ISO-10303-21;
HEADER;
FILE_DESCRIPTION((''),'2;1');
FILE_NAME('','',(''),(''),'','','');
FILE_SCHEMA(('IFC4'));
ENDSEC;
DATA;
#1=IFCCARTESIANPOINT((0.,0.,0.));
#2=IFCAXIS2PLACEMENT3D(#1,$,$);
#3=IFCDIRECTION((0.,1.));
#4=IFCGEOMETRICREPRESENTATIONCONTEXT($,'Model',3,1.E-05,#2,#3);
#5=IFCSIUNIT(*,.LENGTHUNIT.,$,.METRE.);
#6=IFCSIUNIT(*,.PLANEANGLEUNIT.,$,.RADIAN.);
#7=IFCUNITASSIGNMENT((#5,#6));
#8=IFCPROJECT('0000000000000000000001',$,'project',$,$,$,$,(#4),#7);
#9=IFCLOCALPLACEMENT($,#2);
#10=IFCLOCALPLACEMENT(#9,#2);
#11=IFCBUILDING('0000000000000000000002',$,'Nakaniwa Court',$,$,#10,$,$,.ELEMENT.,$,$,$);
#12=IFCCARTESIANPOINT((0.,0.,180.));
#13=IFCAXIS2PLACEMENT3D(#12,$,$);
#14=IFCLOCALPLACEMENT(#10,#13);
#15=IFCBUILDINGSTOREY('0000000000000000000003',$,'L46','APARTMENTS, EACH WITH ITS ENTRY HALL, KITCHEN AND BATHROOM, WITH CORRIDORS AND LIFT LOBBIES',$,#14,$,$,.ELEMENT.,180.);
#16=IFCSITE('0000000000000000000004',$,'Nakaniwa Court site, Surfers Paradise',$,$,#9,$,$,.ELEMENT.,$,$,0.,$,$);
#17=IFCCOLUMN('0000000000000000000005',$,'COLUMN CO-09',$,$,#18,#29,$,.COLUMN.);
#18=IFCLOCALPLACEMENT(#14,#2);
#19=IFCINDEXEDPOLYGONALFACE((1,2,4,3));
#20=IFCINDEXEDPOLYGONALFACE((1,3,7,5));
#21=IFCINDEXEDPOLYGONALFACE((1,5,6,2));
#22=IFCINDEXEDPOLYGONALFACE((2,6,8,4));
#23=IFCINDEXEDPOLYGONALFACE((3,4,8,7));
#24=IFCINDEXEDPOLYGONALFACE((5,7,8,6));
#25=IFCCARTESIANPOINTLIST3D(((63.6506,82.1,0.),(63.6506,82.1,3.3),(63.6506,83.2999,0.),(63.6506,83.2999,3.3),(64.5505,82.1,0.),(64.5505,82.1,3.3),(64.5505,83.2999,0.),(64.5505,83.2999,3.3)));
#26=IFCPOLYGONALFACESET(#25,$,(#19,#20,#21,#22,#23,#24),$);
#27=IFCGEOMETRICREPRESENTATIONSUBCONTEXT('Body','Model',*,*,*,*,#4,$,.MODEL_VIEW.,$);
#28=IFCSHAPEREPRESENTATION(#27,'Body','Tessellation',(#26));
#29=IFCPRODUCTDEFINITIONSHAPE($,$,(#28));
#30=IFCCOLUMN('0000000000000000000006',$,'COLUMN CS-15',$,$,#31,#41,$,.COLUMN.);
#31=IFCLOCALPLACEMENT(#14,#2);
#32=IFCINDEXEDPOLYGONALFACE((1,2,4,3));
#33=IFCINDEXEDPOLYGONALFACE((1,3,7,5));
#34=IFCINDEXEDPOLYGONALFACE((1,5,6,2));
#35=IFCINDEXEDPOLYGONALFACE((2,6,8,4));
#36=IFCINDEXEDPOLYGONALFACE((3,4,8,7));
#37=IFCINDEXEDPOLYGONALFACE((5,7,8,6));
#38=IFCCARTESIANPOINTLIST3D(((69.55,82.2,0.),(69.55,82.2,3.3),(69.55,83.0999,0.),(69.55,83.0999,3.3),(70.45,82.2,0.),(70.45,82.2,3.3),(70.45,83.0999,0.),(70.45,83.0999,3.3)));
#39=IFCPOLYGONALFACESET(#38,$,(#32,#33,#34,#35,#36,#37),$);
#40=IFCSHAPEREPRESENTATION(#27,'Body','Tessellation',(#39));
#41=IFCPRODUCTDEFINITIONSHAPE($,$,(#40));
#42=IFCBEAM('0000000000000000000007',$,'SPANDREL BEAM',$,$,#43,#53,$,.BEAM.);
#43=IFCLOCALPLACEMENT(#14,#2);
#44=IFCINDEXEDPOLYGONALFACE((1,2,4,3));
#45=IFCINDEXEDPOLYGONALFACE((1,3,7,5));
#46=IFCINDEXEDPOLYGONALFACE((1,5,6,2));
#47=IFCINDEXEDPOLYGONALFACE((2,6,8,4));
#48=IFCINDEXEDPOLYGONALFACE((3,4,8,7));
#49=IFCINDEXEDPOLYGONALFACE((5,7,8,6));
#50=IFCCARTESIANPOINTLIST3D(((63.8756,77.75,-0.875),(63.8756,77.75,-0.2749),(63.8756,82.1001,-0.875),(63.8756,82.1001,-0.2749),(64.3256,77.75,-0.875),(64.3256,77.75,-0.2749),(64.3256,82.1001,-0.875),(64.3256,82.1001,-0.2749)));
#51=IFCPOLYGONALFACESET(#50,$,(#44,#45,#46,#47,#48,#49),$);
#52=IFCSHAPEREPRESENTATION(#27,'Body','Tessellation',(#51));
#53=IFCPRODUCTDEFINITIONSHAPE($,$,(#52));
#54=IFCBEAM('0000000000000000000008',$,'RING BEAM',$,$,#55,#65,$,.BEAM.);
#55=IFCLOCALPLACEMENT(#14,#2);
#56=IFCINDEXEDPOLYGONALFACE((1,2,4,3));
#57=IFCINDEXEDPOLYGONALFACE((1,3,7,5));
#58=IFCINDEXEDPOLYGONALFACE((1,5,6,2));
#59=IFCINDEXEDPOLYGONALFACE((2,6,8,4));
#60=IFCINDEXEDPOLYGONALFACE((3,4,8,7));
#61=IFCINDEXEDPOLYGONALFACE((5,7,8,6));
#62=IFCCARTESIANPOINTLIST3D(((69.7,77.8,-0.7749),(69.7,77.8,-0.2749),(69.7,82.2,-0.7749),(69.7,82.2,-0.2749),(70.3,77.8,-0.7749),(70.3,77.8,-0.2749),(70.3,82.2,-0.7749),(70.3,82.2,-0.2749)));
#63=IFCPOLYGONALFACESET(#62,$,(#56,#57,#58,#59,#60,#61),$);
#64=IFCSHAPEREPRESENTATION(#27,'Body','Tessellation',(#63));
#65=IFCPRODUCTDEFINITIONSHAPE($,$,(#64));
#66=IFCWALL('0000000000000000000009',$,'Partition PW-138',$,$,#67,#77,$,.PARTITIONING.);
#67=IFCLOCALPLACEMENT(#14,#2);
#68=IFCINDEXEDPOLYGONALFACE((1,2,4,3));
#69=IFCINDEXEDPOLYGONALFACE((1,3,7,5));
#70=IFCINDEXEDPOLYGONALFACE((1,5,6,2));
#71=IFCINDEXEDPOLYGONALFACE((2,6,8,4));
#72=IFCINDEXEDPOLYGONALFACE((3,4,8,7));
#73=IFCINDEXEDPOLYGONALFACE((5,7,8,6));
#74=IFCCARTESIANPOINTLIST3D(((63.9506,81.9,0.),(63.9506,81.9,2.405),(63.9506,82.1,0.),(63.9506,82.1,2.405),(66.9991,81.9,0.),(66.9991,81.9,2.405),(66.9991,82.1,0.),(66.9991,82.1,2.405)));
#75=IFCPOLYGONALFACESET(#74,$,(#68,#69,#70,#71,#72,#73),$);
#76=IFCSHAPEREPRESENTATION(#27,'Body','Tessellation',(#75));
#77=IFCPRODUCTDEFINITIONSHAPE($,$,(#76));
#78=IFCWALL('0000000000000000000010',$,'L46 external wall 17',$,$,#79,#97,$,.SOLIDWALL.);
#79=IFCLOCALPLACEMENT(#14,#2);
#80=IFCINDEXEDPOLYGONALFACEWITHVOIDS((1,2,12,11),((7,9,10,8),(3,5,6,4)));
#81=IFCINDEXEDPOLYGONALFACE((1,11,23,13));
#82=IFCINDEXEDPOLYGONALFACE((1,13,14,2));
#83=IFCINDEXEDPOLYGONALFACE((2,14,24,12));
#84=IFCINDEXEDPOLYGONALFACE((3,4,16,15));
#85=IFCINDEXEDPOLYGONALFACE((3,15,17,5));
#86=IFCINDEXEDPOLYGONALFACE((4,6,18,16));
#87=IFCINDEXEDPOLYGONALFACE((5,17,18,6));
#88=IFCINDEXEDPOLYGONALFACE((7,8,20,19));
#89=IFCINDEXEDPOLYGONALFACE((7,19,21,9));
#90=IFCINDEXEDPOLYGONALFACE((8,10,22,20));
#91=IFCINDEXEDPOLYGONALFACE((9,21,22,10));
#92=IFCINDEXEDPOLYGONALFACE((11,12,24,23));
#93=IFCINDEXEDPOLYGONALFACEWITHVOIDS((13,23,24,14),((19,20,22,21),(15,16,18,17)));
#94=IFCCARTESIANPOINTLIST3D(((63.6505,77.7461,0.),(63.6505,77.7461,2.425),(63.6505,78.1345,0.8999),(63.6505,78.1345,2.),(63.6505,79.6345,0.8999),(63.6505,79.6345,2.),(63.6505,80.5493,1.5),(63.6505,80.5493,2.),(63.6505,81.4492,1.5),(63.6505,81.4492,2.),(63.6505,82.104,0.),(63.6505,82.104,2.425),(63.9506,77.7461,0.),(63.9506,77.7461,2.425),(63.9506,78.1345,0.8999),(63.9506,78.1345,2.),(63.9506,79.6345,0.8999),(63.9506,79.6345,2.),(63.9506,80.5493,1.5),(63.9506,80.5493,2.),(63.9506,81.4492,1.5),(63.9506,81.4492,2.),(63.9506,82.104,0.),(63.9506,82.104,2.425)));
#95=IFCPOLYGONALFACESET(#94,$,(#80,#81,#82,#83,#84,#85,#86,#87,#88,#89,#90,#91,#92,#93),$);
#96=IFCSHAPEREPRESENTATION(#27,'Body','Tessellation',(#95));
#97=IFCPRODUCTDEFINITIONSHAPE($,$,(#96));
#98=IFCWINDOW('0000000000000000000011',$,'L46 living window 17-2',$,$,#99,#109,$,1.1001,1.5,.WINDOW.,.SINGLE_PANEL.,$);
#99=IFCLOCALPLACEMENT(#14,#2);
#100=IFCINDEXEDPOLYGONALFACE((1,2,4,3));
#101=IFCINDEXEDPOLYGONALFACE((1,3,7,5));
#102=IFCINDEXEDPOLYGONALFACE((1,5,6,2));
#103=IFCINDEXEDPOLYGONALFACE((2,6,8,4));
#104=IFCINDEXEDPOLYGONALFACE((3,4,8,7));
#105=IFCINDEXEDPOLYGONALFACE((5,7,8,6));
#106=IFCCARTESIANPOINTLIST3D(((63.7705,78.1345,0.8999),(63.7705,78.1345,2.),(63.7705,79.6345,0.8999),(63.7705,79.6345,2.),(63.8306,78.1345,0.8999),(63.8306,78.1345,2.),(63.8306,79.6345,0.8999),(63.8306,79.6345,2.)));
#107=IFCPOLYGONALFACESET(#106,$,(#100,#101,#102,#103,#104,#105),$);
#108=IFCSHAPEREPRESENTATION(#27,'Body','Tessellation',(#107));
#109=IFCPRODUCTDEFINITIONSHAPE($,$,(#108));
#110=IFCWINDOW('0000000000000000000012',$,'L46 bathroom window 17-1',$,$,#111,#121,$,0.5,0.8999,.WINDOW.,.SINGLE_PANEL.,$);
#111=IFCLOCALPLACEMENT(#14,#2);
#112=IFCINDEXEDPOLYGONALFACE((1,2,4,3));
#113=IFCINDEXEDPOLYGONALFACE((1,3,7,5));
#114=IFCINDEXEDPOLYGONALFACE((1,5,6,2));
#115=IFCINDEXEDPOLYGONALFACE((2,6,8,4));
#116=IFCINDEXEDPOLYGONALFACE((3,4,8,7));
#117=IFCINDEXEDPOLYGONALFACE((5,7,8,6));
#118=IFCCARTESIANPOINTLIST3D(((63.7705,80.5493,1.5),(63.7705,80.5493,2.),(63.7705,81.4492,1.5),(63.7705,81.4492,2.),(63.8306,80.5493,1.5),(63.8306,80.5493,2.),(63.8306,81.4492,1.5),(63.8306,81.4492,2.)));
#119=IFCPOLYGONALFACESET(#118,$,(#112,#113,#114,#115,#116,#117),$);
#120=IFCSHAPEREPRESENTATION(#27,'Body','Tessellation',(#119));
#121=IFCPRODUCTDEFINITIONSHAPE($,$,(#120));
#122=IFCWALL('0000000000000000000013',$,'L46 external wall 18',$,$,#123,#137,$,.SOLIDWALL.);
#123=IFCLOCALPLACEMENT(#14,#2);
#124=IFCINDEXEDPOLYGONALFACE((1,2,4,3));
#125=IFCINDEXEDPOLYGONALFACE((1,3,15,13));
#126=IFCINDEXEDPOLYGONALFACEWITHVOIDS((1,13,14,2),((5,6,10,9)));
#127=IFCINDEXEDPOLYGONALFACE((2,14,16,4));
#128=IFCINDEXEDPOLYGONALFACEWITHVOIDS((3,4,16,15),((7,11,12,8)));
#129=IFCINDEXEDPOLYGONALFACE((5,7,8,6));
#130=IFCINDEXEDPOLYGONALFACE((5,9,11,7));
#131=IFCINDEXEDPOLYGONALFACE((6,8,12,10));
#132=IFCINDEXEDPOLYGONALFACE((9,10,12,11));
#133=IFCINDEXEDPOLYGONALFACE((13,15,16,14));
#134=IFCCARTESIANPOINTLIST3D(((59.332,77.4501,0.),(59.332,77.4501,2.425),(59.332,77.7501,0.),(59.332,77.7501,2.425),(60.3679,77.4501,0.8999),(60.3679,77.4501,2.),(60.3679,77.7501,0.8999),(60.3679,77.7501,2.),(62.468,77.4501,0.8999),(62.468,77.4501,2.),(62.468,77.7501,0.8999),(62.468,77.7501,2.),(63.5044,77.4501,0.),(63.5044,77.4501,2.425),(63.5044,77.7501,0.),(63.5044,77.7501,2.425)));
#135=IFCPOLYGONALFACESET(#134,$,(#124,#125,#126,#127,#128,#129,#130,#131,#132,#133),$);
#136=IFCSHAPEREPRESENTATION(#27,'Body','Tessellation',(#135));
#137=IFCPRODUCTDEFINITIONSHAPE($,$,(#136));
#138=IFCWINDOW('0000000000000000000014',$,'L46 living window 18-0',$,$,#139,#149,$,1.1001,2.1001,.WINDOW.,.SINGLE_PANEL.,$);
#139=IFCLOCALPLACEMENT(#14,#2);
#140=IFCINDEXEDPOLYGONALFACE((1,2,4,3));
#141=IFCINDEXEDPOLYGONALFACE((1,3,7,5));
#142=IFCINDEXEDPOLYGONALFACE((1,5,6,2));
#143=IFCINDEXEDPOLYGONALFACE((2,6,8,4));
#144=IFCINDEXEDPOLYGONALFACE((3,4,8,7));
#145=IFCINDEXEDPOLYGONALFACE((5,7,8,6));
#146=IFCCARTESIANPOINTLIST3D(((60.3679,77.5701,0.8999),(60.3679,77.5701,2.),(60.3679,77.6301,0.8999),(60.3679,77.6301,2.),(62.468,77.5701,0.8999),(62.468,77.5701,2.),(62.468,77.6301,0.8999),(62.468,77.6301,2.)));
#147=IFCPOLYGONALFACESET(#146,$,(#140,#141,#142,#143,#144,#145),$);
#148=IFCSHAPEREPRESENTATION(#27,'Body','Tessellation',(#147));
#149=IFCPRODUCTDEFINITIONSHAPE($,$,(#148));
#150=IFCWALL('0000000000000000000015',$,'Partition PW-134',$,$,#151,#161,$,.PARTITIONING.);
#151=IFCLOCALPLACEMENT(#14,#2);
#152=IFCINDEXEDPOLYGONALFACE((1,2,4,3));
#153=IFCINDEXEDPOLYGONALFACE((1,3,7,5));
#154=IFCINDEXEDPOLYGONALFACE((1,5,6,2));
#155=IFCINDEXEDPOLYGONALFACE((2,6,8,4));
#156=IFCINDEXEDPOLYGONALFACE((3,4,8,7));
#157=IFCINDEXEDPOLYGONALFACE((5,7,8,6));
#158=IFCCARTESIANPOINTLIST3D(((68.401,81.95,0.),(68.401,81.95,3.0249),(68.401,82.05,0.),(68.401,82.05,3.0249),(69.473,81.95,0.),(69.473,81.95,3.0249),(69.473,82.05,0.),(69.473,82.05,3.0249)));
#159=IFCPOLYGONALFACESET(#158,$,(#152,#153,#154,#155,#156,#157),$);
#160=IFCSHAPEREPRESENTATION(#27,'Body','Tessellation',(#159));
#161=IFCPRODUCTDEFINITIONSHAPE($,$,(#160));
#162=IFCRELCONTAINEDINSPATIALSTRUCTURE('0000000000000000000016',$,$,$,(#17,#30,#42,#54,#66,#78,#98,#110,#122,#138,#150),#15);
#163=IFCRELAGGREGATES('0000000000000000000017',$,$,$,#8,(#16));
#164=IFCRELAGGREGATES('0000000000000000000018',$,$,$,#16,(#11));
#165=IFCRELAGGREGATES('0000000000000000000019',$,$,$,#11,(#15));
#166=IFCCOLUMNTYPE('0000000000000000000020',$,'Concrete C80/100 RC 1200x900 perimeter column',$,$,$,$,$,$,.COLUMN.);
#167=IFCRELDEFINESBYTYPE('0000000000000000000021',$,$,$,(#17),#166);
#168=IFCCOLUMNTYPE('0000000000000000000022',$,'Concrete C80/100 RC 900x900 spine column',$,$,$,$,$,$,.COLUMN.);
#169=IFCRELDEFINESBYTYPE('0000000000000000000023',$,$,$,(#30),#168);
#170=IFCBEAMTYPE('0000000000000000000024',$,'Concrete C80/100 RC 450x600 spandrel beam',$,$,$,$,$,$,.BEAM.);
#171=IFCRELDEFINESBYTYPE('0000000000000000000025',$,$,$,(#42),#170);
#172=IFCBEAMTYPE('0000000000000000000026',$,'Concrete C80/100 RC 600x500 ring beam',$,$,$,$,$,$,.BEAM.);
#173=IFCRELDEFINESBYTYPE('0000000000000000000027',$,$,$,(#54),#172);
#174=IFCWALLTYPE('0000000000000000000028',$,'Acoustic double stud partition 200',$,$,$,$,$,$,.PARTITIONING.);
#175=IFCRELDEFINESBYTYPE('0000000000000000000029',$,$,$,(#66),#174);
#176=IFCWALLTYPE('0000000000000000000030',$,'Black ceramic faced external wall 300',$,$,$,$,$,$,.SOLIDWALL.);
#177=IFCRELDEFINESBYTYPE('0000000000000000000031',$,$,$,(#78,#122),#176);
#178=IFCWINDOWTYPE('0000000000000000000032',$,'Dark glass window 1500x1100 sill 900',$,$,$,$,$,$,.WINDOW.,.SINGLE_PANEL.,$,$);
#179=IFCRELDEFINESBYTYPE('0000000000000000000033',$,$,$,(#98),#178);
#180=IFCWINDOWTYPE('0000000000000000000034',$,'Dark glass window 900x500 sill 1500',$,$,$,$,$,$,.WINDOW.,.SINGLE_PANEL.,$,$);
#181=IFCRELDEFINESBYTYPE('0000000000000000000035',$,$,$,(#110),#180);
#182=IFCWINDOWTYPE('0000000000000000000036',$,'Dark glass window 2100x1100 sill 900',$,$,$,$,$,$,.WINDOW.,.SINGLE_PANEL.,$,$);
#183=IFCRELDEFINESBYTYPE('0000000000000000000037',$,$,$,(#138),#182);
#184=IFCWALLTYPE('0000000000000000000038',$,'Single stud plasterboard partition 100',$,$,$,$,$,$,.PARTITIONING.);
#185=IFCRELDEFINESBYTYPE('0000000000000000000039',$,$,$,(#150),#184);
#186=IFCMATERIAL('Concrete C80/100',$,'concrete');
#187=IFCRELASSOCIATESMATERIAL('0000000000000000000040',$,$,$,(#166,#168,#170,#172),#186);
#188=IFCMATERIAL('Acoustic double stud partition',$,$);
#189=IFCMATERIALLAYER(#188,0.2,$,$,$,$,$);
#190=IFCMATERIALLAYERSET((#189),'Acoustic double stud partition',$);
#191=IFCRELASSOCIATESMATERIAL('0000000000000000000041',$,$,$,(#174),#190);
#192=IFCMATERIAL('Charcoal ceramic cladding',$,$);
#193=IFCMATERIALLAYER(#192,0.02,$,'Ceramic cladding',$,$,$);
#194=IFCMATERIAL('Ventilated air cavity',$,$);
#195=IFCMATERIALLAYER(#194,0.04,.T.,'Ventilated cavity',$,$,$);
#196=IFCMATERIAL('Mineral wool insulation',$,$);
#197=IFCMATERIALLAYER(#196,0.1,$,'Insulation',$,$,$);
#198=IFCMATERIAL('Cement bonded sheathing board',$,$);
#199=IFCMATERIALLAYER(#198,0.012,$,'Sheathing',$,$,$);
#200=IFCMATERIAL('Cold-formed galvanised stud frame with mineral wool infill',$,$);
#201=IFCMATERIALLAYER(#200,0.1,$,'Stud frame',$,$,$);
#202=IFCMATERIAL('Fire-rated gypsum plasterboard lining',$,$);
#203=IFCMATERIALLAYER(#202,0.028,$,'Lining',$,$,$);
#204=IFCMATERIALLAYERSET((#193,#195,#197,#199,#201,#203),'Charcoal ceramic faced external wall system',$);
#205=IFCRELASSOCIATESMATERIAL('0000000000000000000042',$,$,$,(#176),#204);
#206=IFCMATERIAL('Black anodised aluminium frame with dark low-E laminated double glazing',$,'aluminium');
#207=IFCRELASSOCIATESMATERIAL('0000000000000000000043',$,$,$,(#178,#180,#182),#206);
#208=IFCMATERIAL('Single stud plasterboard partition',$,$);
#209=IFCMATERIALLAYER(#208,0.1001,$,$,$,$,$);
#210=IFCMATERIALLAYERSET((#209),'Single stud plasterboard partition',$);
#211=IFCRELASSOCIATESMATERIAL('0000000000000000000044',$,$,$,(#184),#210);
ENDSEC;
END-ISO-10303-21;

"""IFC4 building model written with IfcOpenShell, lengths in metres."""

from ifc_helpers import new_model, si_unit, direction, frame, frame_2d, origin, origin_2d, place, context, subcontext, project, spatial, rectangle, extrude, material, layer, layer_set, material_profile, profile_set, type_object, element, fill, save


model = new_model("IFC4")

# Units and contexts
model_context = context("Model", 3, precision=1e-05, world=origin(), true_north=direction((0.0, 1.0)))
body_context = subcontext(model_context, "Body", "Model", "MODEL_VIEW")
ifc_project = project(units=[si_unit("LENGTHUNIT", "METRE"), si_unit("PLANEANGLEUNIT", "RADIAN")], contexts=[model_context])

# Site, building, storey
site_placement = place(None, origin())
site = spatial("IfcSite", under=ifc_project, at=site_placement, Name="Nakaniwa Court site, Surfers Paradise", CompositionType="ELEMENT", RefElevation=0.0)
building_placement = place(site_placement, origin())
building = spatial("IfcBuilding", under=site, at=building_placement, Name="Nakaniwa Court", CompositionType="ELEMENT")
storey_placement = place(building_placement, frame((0.0, 0.0, 180.0)))
storey = spatial("IfcBuildingStorey", under=building, at=storey_placement, Name="L46", Description="APARTMENTS, EACH WITH ITS ENTRY HALL, KITCHEN AND BATHROOM, WITH CORRIDORS AND LIFT LOBBIES", CompositionType="ELEMENT", Elevation=180.0)

# Columns
ifc_material_1 = material(Name="Concrete C80/100", Category="concrete")
ifc_material_profile_1 = material_profile(ifc_material_1, rectangle(XDim=1.2, YDim=0.8999, at=origin_2d()), Name="Concrete C80/100 RC 1200x900 perimeter column")
ifc_profile_set_1 = profile_set([ifc_material_profile_1], Name="Concrete C80/100")
column_type_1 = type_object("IfcColumnType", Name="Concrete C80/100 RC 1200x900 perimeter column", PredefinedType="COLUMN", material=ifc_profile_set_1)
column_1_placement = place(storey_placement, frame((64.1006, 82.7, 0.0), z_axis=(0.0, 0.0, 1.0), x_axis=(0.0, -1.0, 0.0)))
element("IfcColumn", 1, at=column_1_placement, inside=storey, type_object=column_type_1, Name="COLUMN CO-09", PredefinedType="COLUMN", context=body_context, shape_type="SweptSolid", body=[
    extrude(rectangle(XDim=1.2, YDim=0.8999, at=origin_2d()), origin(), (0.0, 0.0, 1.0), 3.3),
])
ifc_material_profile_2 = material_profile(ifc_material_1, rectangle(XDim=0.8999, YDim=0.8999, at=origin_2d()), Name="Concrete C80/100 RC 900x900 spine column")
ifc_profile_set_2 = profile_set([ifc_material_profile_2], Name="Concrete C80/100")
column_type_2 = type_object("IfcColumnType", Name="Concrete C80/100 RC 900x900 spine column", PredefinedType="COLUMN", material=ifc_profile_set_2)
column_2_placement = place(storey_placement, frame((70.0, 82.6499, 0.0), z_axis=(0.0, 0.0, 1.0), x_axis=(0.0, -1.0, 0.0)))
element("IfcColumn", 2, at=column_2_placement, inside=storey, type_object=column_type_2, Name="COLUMN CS-15", PredefinedType="COLUMN", context=body_context, shape_type="SweptSolid", body=[
    extrude(rectangle(XDim=0.8999, YDim=0.8999, at=origin_2d()), origin(), (0.0, 0.0, 1.0), 3.3),
])

# Beams
ifc_material_profile_3 = material_profile(ifc_material_1, rectangle(XDim=0.45, YDim=0.6001, at=origin_2d()), Name="Concrete C80/100 RC 450x600 spandrel beam")
ifc_profile_set_3 = profile_set([ifc_material_profile_3], Name="Concrete C80/100")
beam_type_1 = type_object("IfcBeamType", Name="Concrete C80/100 RC 450x600 spandrel beam", PredefinedType="BEAM", material=ifc_profile_set_3)
beam_1_placement = place(storey_placement, frame((64.1006, 82.1001, -0.575), z_axis=(0.0, -1.0, 0.0), x_axis=(1.0, 0.0, 0.0)))
element("IfcBeam", 3, at=beam_1_placement, inside=storey, type_object=beam_type_1, Name="SPANDREL BEAM", PredefinedType="BEAM", context=body_context, shape_type="SweptSolid", body=[
    extrude(rectangle(XDim=0.45, YDim=0.6001, at=origin_2d()), origin(), (0.0, 0.0, 1.0), 4.3501),
])
ifc_material_profile_4 = material_profile(ifc_material_1, rectangle(XDim=0.6001, YDim=0.5, at=origin_2d()), Name="Concrete C80/100 RC 600x500 ring beam")
ifc_profile_set_4 = profile_set([ifc_material_profile_4], Name="Concrete C80/100")
beam_type_2 = type_object("IfcBeamType", Name="Concrete C80/100 RC 600x500 ring beam", PredefinedType="BEAM", material=ifc_profile_set_4)
beam_2_placement = place(storey_placement, frame((70.0, 82.2, -0.5249), z_axis=(0.0, -1.0, 0.0), x_axis=(1.0, 0.0, 0.0)))
element("IfcBeam", 4, at=beam_2_placement, inside=storey, type_object=beam_type_2, Name="RING BEAM", PredefinedType="BEAM", context=body_context, shape_type="SweptSolid", body=[
    extrude(rectangle(XDim=0.6001, YDim=0.5, at=origin_2d()), origin(), (0.0, 0.0, 1.0), 4.3999),
])

# Wall
ifc_material_2 = material(Name="Acoustic double stud partition")
ifc_layer_1 = layer(ifc_material_2, 0.2)
ifc_layer_set_1 = layer_set([ifc_layer_1], Name="Acoustic double stud partition")
wall_type_1 = type_object("IfcWallType", Name="Acoustic double stud partition 200", PredefinedType="PARTITIONING", material=ifc_layer_set_1)
wall_1_placement = place(storey_placement, frame((63.9504, 82.0, 0.0), z_axis=(0.0, 0.0, 1.0), x_axis=(1.0, 0.0, 0.0)))
element("IfcWall", 5, at=wall_1_placement, inside=storey, type_object=wall_type_1, Name="Partition PW-138", PredefinedType="PARTITIONING", context=body_context, shape_type="SweptSolid", body=[
    extrude(rectangle(XDim=3.0486, YDim=0.2, at=frame_2d((1.5244, 0.0))), origin(), (0.0, 0.0, 1.0), 2.405),
])

# Wall, openings, windows
ifc_material_3 = material(Name="Charcoal ceramic cladding")
ifc_layer_2 = layer(ifc_material_3, 0.02, Name="Ceramic cladding")
ifc_material_4 = material(Name="Ventilated air cavity")
ifc_layer_3 = layer(ifc_material_4, 0.04, ventilated=True, Name="Ventilated cavity")
ifc_material_5 = material(Name="Mineral wool insulation")
ifc_layer_4 = layer(ifc_material_5, 0.1, Name="Insulation")
ifc_material_6 = material(Name="Cement bonded sheathing board")
ifc_layer_5 = layer(ifc_material_6, 0.012, Name="Sheathing")
ifc_material_7 = material(Name="Cold-formed galvanised stud frame with mineral wool infill")
ifc_layer_6 = layer(ifc_material_7, 0.1, Name="Stud frame")
ifc_material_8 = material(Name="Fire-rated gypsum plasterboard lining")
ifc_layer_7 = layer(ifc_material_8, 0.028, Name="Lining")
ifc_layer_set_2 = layer_set([ifc_layer_2, ifc_layer_3, ifc_layer_4, ifc_layer_5, ifc_layer_6, ifc_layer_7], Name="Charcoal ceramic faced external wall system")
wall_type_2 = type_object("IfcWallType", Name="Black ceramic faced external wall 300", PredefinedType="SOLIDWALL", material=ifc_layer_set_2)
wall_2_placement = place(storey_placement, frame((63.8005, 82.104, 0.0), z_axis=(0.0, 0.0, 1.0), x_axis=(0.0, -1.0, 0.0)))
wall_2 = element("IfcWall", 6, at=wall_2_placement, inside=storey, type_object=wall_type_2, Name="L46 external wall 17", PredefinedType="SOLIDWALL", context=body_context, shape_type="SweptSolid", body=[
    extrude(rectangle(XDim=4.3579, YDim=0.3, at=frame_2d((2.179, 0.0))), origin(), (0.0, 0.0, 1.0), 2.425),
])
opening_1_placement = place(wall_2_placement, frame((0.6548, 0.0, 1.5)))
opening_1 = element("IfcOpeningElement", 7, at=opening_1_placement, cuts=wall_2, PredefinedType="OPENING", context=body_context, shape_type="SweptSolid", body=[
    extrude(rectangle(XDim=0.8999, YDim=0.5, at=frame_2d((0.45, 0.25))), frame((0.0, 0.1599, 0.0), z_axis=(0.0, -1.0, 0.0), x_axis=(1.0, 0.0, 0.0)), (0.0, 0.0, 1.0), 0.3201),
])
opening_2_placement = place(wall_2_placement, frame((2.4695, 0.0, 0.8999)))
opening_2 = element("IfcOpeningElement", 8, at=opening_2_placement, cuts=wall_2, PredefinedType="OPENING", context=body_context, shape_type="SweptSolid", body=[
    extrude(rectangle(XDim=1.5, YDim=1.1001, at=frame_2d((0.75, 0.55))), frame((0.0, 0.1599, 0.0), z_axis=(0.0, -1.0, 0.0), x_axis=(1.0, 0.0, 0.0)), (0.0, 0.0, 1.0), 0.3201),
])
ifc_material_9 = material(Name="Black anodised aluminium frame with dark low-E laminated double glazing", Category="aluminium")
window_type_1 = type_object("IfcWindowType", Name="Dark glass window 1500x1100 sill 900", PartitioningType="SINGLE_PANEL", PredefinedType="WINDOW", material=ifc_material_9)
window_1_placement = place(opening_2_placement, origin())
window_1 = element("IfcWindow", 9, at=window_1_placement, inside=storey, type_object=window_type_1, Name="L46 living window 17-2", OverallHeight=1.1001, OverallWidth=1.5, PartitioningType="SINGLE_PANEL", PredefinedType="WINDOW", context=body_context, shape_type="SweptSolid", body=[
    extrude(rectangle(XDim=1.5, YDim=1.1001, at=frame_2d((0.75, 0.55))), frame((0.0, 0.03, 0.0), z_axis=(0.0, -1.0, 0.0), x_axis=(1.0, 0.0, 0.0)), (0.0, 0.0, 1.0), 0.0601),
])
fill(opening_2, window_1)
window_type_2 = type_object("IfcWindowType", Name="Dark glass window 900x500 sill 1500", PartitioningType="SINGLE_PANEL", PredefinedType="WINDOW", material=ifc_material_9)
window_2_placement = place(opening_1_placement, origin())
window_2 = element("IfcWindow", 10, at=window_2_placement, inside=storey, type_object=window_type_2, Name="L46 bathroom window 17-1", OverallHeight=0.5, OverallWidth=0.8999, PartitioningType="SINGLE_PANEL", PredefinedType="WINDOW", context=body_context, shape_type="SweptSolid", body=[
    extrude(rectangle(XDim=0.8999, YDim=0.5, at=frame_2d((0.45, 0.25))), frame((0.0, 0.03, 0.0), z_axis=(0.0, -1.0, 0.0), x_axis=(1.0, 0.0, 0.0)), (0.0, 0.0, 1.0), 0.0601),
])
fill(opening_1, window_2)

# Wall, opening, window
wall_3_placement = place(storey_placement, frame((63.5044, 77.6001, 0.0), z_axis=(0.0, 0.0, 1.0), x_axis=(-1.0, 0.0, 0.0)))
wall_3 = element("IfcWall", 11, at=wall_3_placement, inside=storey, type_object=wall_type_2, Name="L46 external wall 18", PredefinedType="SOLIDWALL", context=body_context, shape_type="SweptSolid", body=[
    extrude(rectangle(XDim=4.1724, YDim=0.3, at=frame_2d((2.0862, 0.0))), origin(), (0.0, 0.0, 1.0), 2.425),
])
opening_3_placement = place(wall_3_placement, frame((1.0364, 0.0, 0.8999)))
opening_3 = element("IfcOpeningElement", 12, at=opening_3_placement, cuts=wall_3, PredefinedType="OPENING", context=body_context, shape_type="SweptSolid", body=[
    extrude(rectangle(XDim=2.1001, YDim=1.1001, at=frame_2d((1.05, 0.55))), frame((0.0, 0.1599, 0.0), z_axis=(0.0, -1.0, 0.0), x_axis=(1.0, 0.0, 0.0)), (0.0, 0.0, 1.0), 0.3201),
])
window_type_3 = type_object("IfcWindowType", Name="Dark glass window 2100x1100 sill 900", PartitioningType="SINGLE_PANEL", PredefinedType="WINDOW", material=ifc_material_9)
window_3_placement = place(opening_3_placement, origin())
window_3 = element("IfcWindow", 13, at=window_3_placement, inside=storey, type_object=window_type_3, Name="L46 living window 18-0", OverallHeight=1.1001, OverallWidth=2.1001, PartitioningType="SINGLE_PANEL", PredefinedType="WINDOW", context=body_context, shape_type="SweptSolid", body=[
    extrude(rectangle(XDim=2.1001, YDim=1.1001, at=frame_2d((1.05, 0.55))), frame((0.0, 0.03, 0.0), z_axis=(0.0, -1.0, 0.0), x_axis=(1.0, 0.0, 0.0)), (0.0, 0.0, 1.0), 0.0601),
])
fill(opening_3, window_3)

# Wall
ifc_material_10 = material(Name="Single stud plasterboard partition")
ifc_layer_8 = layer(ifc_material_10, 0.1001)
ifc_layer_set_3 = layer_set([ifc_layer_8], Name="Single stud plasterboard partition")
wall_type_3 = type_object("IfcWallType", Name="Single stud plasterboard partition 100", PredefinedType="PARTITIONING", material=ifc_layer_set_3)
wall_4_placement = place(storey_placement, frame((68.4009, 82.0, 0.0), z_axis=(0.0, 0.0, 1.0), x_axis=(1.0, 0.0, 0.0)))
element("IfcWall", 14, at=wall_4_placement, inside=storey, type_object=wall_type_3, Name="Partition PW-134", PredefinedType="PARTITIONING", context=body_context, shape_type="SweptSolid", body=[
    extrude(rectangle(XDim=1.072, YDim=0.1001, at=frame_2d((0.5361, 0.0))), origin(), (0.0, 0.0, 1.0), 3.0249),
])

save(model, "model.ifc")
